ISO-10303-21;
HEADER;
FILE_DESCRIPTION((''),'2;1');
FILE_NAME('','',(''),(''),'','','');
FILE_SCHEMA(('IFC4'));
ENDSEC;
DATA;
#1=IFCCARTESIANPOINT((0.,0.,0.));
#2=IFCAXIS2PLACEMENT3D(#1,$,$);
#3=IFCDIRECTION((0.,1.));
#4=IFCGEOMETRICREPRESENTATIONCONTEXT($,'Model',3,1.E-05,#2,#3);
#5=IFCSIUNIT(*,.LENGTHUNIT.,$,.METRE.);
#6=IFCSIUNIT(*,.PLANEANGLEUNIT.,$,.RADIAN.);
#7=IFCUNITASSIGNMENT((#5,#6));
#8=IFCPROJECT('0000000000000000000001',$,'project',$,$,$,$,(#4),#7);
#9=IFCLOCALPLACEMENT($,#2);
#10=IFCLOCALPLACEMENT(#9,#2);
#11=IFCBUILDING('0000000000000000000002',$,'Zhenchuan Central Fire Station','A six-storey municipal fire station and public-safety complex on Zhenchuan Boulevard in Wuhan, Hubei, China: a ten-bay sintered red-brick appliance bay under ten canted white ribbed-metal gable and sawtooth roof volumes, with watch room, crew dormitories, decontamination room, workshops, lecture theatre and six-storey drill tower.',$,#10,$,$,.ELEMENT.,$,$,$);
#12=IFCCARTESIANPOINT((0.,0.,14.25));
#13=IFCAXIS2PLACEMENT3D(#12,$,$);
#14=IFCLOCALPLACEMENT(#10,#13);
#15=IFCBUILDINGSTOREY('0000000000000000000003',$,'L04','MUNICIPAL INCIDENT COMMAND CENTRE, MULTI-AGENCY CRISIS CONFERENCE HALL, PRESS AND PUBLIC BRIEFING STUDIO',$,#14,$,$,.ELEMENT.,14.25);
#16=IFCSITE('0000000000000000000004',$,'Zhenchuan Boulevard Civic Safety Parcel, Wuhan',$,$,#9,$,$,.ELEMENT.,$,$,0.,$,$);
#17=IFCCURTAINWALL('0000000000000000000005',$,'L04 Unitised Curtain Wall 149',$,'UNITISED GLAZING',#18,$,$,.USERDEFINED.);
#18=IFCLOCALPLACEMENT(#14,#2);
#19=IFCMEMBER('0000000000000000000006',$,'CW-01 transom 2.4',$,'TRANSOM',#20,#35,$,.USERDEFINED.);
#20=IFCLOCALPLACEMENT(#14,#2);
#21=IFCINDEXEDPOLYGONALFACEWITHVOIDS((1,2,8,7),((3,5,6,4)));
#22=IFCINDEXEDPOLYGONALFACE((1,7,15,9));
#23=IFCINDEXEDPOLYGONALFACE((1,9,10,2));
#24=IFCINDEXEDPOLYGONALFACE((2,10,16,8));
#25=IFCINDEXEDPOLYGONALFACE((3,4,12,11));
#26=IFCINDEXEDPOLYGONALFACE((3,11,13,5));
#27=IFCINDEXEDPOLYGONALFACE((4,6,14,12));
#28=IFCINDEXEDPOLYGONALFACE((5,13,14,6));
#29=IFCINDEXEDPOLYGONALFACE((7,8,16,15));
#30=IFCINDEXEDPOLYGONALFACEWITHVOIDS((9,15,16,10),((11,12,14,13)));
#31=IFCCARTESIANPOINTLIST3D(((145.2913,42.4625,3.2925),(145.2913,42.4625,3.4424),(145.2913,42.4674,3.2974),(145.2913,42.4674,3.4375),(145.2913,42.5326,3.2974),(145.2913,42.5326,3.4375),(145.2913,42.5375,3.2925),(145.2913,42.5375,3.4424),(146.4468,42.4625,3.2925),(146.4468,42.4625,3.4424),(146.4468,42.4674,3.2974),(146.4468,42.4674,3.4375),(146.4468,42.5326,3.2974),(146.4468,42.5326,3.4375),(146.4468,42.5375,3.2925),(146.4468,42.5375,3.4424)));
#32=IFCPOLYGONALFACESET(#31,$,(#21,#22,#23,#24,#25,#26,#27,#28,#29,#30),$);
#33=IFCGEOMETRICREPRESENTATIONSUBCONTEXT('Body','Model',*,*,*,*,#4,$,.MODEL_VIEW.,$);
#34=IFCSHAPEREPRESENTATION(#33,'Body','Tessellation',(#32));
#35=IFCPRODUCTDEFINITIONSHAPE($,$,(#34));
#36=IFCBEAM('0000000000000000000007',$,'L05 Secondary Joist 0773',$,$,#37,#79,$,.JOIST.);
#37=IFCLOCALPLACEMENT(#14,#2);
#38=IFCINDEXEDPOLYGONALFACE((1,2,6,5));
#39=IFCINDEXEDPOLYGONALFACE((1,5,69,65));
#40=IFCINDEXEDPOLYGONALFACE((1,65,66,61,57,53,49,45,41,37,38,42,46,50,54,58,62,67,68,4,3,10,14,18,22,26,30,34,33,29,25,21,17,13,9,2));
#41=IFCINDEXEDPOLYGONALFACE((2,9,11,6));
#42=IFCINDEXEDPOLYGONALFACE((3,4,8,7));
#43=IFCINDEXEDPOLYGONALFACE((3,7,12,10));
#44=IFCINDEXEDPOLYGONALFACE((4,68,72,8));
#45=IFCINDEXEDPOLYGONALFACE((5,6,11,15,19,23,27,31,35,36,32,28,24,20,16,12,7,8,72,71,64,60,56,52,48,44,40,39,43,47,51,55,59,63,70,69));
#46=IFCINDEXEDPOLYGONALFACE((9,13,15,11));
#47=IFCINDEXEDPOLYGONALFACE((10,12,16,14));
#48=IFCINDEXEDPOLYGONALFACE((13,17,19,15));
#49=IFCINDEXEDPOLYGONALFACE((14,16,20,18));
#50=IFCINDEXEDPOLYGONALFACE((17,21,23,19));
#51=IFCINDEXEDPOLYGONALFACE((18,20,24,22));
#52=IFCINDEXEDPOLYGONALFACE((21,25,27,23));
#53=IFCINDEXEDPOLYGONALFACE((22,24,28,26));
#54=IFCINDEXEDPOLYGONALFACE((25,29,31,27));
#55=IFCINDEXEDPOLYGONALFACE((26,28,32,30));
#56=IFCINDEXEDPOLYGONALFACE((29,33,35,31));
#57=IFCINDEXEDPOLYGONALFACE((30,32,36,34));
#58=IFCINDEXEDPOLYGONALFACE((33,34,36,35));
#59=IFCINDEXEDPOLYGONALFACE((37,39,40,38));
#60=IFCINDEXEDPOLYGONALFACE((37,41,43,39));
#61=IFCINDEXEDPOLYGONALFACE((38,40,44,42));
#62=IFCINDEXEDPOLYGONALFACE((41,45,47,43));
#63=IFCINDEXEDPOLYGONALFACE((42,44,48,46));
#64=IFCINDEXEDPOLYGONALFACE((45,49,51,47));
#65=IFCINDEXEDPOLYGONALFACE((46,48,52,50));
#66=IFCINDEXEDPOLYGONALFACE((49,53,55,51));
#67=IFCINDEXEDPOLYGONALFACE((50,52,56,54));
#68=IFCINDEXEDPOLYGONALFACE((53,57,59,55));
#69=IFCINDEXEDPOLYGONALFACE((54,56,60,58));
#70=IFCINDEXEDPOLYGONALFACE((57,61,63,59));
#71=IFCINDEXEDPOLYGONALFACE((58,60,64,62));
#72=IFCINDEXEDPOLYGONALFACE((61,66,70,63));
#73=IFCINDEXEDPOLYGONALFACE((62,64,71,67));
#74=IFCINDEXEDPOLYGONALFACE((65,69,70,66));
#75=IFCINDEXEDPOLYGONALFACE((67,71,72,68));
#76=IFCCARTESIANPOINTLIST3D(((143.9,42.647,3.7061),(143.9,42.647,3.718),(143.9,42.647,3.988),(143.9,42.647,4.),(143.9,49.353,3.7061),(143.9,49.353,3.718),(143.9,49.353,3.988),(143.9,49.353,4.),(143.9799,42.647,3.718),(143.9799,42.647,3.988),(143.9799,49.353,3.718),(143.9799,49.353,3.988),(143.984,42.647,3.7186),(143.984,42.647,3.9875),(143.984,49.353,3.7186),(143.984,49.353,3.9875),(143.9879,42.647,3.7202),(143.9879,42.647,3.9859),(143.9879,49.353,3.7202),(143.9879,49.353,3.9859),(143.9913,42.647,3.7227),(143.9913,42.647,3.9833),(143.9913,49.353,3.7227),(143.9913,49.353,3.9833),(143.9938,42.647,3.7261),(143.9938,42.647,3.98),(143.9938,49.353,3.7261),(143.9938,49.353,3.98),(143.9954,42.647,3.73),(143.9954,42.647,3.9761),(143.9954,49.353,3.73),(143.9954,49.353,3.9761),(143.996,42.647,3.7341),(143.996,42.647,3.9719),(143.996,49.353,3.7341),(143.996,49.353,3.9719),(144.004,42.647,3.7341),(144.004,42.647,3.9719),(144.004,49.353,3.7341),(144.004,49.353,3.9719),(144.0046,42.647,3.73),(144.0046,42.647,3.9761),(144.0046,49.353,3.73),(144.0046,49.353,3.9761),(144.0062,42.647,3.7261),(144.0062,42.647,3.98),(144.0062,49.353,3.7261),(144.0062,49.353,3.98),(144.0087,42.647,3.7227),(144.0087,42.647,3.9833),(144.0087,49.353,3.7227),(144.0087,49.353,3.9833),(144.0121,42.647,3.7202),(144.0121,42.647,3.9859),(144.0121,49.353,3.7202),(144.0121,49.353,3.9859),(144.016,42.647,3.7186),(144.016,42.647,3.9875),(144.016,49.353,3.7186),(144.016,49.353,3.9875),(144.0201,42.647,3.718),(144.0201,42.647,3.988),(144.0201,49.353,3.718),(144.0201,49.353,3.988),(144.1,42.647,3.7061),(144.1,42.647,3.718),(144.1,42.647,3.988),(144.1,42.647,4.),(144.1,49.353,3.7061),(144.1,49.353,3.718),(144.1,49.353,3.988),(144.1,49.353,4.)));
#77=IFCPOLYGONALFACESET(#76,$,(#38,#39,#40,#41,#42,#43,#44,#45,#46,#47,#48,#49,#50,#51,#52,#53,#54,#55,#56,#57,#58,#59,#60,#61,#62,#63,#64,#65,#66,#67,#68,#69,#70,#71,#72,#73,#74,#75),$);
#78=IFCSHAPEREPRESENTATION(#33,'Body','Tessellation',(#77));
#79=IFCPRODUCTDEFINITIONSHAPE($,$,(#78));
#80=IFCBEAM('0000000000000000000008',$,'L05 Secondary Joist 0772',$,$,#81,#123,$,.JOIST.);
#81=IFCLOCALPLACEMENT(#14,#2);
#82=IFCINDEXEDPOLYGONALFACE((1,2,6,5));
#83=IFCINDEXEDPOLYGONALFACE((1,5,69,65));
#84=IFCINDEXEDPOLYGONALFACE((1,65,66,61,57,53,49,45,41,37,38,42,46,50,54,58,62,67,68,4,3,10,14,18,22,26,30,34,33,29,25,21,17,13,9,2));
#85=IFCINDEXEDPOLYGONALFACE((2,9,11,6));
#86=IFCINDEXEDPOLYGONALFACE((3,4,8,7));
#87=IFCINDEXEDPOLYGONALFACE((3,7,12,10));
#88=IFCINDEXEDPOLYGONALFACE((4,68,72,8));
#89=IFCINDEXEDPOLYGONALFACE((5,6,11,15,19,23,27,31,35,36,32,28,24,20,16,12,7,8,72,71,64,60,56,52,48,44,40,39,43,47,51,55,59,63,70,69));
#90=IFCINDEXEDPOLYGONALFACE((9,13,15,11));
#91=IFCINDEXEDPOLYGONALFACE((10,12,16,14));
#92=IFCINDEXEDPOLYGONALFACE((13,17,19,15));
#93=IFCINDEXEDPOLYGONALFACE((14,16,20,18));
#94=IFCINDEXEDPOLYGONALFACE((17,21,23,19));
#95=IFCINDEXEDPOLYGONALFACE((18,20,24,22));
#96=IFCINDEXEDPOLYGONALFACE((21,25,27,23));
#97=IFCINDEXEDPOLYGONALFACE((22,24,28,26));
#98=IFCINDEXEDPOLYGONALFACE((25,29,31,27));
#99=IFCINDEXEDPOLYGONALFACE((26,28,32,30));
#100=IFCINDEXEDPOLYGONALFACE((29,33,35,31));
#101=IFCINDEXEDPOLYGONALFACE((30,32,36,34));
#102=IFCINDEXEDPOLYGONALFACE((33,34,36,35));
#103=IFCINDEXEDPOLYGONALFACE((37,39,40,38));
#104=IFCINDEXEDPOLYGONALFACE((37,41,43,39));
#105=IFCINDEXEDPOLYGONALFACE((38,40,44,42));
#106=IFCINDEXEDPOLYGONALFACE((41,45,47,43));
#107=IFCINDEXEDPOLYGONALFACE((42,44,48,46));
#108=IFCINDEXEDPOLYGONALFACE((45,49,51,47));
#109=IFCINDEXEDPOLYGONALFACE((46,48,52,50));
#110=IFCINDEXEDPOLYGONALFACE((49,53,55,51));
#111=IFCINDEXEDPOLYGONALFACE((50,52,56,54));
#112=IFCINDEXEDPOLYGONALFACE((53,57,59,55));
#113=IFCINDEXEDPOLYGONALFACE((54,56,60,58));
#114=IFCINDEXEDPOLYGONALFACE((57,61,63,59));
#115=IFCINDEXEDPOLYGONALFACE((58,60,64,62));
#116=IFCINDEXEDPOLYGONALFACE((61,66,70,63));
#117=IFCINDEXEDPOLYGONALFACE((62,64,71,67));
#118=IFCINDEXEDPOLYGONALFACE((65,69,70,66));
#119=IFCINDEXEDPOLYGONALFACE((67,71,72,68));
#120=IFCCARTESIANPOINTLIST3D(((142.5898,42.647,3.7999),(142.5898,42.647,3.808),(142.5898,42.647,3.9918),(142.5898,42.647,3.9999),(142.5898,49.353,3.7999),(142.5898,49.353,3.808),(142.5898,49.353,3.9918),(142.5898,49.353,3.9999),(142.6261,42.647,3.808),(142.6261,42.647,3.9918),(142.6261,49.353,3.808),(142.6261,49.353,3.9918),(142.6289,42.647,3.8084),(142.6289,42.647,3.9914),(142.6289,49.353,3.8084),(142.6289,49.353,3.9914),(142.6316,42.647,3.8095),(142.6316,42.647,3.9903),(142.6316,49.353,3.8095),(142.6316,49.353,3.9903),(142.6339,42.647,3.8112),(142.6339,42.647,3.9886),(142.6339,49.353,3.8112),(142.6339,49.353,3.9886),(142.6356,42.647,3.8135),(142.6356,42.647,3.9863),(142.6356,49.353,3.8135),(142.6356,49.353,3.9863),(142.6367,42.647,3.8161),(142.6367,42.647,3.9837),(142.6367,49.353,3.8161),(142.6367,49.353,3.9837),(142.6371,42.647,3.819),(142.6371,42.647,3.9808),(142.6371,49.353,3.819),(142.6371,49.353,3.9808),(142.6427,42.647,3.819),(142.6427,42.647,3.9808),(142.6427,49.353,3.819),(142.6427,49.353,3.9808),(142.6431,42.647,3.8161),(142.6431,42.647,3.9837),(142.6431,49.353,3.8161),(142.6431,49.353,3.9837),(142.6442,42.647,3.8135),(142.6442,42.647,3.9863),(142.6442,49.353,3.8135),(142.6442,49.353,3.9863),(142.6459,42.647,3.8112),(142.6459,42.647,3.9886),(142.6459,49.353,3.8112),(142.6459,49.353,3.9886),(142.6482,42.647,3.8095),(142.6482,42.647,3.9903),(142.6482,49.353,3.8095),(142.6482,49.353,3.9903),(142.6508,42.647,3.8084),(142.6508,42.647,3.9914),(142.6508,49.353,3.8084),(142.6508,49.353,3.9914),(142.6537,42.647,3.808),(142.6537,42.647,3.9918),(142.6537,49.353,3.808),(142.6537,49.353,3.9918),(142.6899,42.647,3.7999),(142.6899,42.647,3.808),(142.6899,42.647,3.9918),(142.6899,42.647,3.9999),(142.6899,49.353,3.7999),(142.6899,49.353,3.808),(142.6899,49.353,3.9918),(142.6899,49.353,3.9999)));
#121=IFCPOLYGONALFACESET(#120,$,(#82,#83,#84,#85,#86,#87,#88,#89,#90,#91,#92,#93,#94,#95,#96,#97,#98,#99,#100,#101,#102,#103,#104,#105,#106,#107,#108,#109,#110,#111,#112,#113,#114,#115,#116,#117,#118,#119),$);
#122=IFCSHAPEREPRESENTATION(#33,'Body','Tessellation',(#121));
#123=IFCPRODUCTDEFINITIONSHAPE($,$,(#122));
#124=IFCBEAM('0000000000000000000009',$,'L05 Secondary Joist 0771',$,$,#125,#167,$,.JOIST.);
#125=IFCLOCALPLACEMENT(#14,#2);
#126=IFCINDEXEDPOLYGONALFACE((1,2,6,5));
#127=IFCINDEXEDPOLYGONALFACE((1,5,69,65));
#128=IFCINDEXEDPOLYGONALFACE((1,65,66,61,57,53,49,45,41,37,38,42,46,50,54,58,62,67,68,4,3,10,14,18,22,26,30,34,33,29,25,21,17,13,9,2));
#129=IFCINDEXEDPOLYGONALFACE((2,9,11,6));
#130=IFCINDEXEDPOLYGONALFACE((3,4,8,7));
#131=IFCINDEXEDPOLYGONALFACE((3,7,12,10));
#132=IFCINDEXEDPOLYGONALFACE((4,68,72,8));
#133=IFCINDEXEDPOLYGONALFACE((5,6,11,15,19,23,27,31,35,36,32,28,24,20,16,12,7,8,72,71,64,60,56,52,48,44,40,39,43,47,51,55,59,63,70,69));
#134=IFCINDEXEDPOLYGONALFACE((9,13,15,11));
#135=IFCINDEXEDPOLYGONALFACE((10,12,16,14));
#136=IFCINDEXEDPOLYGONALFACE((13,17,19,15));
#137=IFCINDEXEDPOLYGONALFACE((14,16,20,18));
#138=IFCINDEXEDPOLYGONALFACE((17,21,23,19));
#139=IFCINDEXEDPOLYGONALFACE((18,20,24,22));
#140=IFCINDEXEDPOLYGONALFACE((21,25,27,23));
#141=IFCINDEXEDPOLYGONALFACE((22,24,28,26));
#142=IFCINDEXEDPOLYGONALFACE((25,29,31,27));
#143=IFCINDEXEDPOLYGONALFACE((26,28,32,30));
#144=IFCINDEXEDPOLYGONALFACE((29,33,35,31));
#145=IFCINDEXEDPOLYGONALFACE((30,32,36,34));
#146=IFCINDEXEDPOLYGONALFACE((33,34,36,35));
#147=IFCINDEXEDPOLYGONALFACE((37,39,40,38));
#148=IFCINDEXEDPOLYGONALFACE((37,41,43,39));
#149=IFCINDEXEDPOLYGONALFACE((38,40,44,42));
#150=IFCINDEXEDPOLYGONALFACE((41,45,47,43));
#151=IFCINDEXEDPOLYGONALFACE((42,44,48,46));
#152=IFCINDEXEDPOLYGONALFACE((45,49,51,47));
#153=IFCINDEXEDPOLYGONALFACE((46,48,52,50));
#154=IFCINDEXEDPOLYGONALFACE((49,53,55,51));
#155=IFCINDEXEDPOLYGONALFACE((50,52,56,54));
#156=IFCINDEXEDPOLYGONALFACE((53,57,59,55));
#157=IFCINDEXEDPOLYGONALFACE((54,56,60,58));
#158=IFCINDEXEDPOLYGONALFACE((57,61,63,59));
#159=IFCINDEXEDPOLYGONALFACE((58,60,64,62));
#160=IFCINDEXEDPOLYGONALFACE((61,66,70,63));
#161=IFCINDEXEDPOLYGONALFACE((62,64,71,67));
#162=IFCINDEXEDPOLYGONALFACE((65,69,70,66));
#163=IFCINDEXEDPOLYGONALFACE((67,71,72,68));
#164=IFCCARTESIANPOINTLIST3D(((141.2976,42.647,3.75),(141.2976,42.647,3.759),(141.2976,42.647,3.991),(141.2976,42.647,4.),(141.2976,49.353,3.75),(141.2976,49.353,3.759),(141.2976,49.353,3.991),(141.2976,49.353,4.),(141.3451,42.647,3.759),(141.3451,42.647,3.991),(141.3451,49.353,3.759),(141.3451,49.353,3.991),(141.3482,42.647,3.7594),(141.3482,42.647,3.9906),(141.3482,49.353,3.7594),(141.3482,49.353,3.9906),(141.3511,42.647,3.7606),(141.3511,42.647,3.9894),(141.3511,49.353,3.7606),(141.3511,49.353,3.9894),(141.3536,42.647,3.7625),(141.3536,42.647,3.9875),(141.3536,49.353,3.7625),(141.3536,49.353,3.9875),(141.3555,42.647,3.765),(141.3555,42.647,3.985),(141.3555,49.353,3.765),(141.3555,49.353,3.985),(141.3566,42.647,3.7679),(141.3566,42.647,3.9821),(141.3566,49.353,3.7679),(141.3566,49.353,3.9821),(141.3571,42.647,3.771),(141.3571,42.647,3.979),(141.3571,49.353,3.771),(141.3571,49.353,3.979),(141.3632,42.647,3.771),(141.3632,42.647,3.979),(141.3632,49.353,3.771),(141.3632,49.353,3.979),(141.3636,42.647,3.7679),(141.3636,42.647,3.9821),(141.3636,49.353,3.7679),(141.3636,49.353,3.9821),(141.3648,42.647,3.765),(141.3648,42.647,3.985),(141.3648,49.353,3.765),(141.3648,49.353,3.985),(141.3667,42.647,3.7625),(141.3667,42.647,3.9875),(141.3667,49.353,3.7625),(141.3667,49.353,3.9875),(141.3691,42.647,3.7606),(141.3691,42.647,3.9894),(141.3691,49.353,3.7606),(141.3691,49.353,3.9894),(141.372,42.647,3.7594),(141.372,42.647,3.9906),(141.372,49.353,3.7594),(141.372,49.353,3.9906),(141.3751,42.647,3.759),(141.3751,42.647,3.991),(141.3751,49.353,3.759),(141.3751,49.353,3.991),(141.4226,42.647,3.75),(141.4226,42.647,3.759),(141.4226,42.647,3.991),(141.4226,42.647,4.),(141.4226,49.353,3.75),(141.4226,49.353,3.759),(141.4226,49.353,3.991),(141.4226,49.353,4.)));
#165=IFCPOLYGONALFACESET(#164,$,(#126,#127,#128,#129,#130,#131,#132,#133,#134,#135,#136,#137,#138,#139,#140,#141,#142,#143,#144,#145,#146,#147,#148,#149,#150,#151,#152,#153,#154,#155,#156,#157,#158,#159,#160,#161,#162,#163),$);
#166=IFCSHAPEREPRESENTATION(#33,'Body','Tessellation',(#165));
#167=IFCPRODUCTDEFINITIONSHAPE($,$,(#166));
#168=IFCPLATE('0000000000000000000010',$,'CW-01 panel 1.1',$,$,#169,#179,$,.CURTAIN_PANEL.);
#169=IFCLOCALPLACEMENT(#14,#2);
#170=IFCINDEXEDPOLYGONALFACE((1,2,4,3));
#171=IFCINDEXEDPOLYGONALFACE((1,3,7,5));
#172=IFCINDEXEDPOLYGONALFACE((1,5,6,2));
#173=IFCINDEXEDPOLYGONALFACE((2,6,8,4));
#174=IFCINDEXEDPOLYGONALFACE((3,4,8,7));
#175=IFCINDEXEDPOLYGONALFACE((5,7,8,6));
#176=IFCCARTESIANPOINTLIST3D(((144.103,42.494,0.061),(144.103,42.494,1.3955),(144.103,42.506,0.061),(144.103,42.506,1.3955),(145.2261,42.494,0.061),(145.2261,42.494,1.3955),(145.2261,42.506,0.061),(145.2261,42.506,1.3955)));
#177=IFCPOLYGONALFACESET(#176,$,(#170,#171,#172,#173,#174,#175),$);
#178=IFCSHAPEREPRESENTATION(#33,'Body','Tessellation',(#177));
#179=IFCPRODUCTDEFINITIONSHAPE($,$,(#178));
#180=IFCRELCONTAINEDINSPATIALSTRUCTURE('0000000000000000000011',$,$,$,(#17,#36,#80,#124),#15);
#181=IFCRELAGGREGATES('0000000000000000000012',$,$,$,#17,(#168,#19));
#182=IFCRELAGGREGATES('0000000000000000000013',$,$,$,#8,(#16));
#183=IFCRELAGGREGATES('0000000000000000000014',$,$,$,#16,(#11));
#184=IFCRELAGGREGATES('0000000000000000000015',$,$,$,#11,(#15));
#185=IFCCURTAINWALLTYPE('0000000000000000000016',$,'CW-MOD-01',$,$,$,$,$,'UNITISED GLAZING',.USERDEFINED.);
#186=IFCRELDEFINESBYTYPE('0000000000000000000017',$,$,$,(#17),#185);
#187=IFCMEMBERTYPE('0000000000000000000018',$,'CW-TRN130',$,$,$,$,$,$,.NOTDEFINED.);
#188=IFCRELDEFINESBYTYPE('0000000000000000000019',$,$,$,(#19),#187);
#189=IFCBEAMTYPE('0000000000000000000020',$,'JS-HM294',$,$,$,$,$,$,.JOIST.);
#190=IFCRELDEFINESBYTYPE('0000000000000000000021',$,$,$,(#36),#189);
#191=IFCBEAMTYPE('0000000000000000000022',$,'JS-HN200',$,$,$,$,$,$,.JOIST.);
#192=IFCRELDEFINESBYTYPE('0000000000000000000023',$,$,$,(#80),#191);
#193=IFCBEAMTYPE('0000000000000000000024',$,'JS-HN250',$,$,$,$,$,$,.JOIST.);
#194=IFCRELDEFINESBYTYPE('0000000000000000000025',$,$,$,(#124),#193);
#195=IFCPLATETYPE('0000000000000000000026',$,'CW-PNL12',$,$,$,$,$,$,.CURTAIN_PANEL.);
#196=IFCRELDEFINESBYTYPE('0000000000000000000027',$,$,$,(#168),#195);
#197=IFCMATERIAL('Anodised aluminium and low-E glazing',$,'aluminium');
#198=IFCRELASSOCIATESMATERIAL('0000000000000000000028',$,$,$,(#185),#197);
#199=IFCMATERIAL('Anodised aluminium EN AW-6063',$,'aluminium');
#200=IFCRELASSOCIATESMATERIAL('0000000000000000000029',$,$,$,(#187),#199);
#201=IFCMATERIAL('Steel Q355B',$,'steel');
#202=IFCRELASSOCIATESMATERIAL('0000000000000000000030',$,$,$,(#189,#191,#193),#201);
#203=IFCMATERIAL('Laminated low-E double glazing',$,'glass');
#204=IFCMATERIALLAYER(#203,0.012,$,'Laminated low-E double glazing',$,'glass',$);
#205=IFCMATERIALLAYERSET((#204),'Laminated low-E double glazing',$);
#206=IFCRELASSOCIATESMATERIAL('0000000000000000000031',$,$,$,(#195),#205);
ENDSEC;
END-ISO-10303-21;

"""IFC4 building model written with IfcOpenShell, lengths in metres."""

from ifc_helpers import new_model, si_unit, direction, frame, origin, origin_2d, place, context, subcontext, project, spatial, rectangle, hollow_rectangle, i_section, extrude, material, layer, layer_set, material_profile, profile_set, type_object, element, aggregate, save


model = new_model("IFC4")

# Units and contexts
model_context = context("Model", 3, precision=1e-05, world=origin(), true_north=direction((0.0, 1.0)))
body_context = subcontext(model_context, "Body", "Model", "MODEL_VIEW")
ifc_project = project(units=[si_unit("LENGTHUNIT", "METRE"), si_unit("PLANEANGLEUNIT", "RADIAN")], contexts=[model_context])

# Site, building, storey
site_placement = place(None, origin())
site = spatial("IfcSite", under=ifc_project, at=site_placement, Name="Zhenchuan Boulevard Civic Safety Parcel, Wuhan", CompositionType="ELEMENT", RefElevation=0.0)
building_placement = place(site_placement, origin())
building = spatial("IfcBuilding", under=site, at=building_placement, Name="Zhenchuan Central Fire Station", Description="A six-storey municipal fire station and public-safety complex on Zhenchuan Boulevard in Wuhan, Hubei, China: a ten-bay sintered red-brick appliance bay under ten canted white ribbed-metal gable and sawtooth roof volumes, with watch room, crew dormitories, decontamination room, workshops, lecture theatre and six-storey drill tower.", CompositionType="ELEMENT")
storey_placement = place(building_placement, frame((0.0, 0.0, 14.25)))
storey = spatial("IfcBuildingStorey", under=building, at=storey_placement, Name="L04", Description="MUNICIPAL INCIDENT COMMAND CENTRE, MULTI-AGENCY CRISIS CONFERENCE HALL, PRESS AND PUBLIC BRIEFING STUDIO", CompositionType="ELEMENT", Elevation=14.25)

# Shared definitions
ifc_material_1 = material(Name="Steel Q355B", Category="steel")

# Curtain wall, member
ifc_material_2 = material(Name="Anodised aluminium and low-E glazing", Category="aluminium")
curtain_wall_type = type_object("IfcCurtainWallType", Name="CW-MOD-01", ElementType="UNITISED GLAZING", PredefinedType="USERDEFINED", material=ifc_material_2)
curtain_wall_placement = place(storey_placement, origin())
curtain_wall = element("IfcCurtainWall", 1, at=curtain_wall_placement, inside=storey, type_object=curtain_wall_type, Name="L04 Unitised Curtain Wall 149", ObjectType="UNITISED GLAZING", PredefinedType="USERDEFINED")
ifc_material_3 = material(Name="Anodised aluminium EN AW-6063", Category="aluminium")
ifc_material_profile_1 = material_profile(ifc_material_3, hollow_rectangle(XDim=0.075, YDim=0.1499, WallThickness=0.0049, at=origin_2d()), Name="ALU-T 150x75")
ifc_profile_set_1 = profile_set([ifc_material_profile_1], Name="Anodised aluminium EN AW-6063")
member_type_1 = type_object("IfcMemberType", Name="CW-TRN130", PredefinedType="NOTDEFINED", material=ifc_profile_set_1)
member_1_placement = place(storey_placement, frame((145.2913, 42.5, 3.3674), z_axis=(1.0, 0.0, 0.0), x_axis=(0.0, 1.0, 0.0)))
member_1 = element("IfcMember", 2, at=member_1_placement, type_object=member_type_1, Name="CW-01 transom 2.4", ObjectType="TRANSOM", PredefinedType="USERDEFINED", context=body_context, shape_type="SweptSolid", body=[
    extrude(hollow_rectangle(XDim=0.075, YDim=0.1499, WallThickness=0.0049, at=origin_2d()), origin(), (0.0, 0.0, 1.0), 1.1555),
])

# Beams
ifc_material_profile_2 = material_profile(ifc_material_1, i_section(OverallWidth=0.2, OverallDepth=0.2939, WebThickness=0.0081, FlangeThickness=0.012, FilletRadius=0.0161, at=origin_2d()), Name="HM 294x200")
ifc_profile_set_2 = profile_set([ifc_material_profile_2], Name="Steel Q355B")
beam_type_1 = type_object("IfcBeamType", Name="JS-HM294", PredefinedType="JOIST", material=ifc_profile_set_2)
beam_1_placement = place(storey_placement, frame((144.0, 42.647, 3.853), z_axis=(0.0, 1.0, 0.0), x_axis=(-1.0, 0.0, 0.0)))
element("IfcBeam", 3, at=beam_1_placement, inside=storey, type_object=beam_type_1, Name="L05 Secondary Joist 0773", PredefinedType="JOIST", context=body_context, shape_type="SweptSolid", body=[
    extrude(i_section(OverallWidth=0.2, OverallDepth=0.2939, WebThickness=0.0081, FlangeThickness=0.012, FilletRadius=0.0161, at=origin_2d()), origin(), (0.0, 0.0, 1.0), 6.7061),
])
ifc_material_profile_3 = material_profile(ifc_material_1, i_section(OverallWidth=0.1001, OverallDepth=0.2, WebThickness=0.0056, FlangeThickness=0.0081, FilletRadius=0.011, at=origin_2d()), Name="HN 200x100")
ifc_profile_set_3 = profile_set([ifc_material_profile_3], Name="Steel Q355B")
beam_type_2 = type_object("IfcBeamType", Name="JS-HN200", PredefinedType="JOIST", material=ifc_profile_set_3)
beam_2_placement = place(storey_placement, frame((142.6399, 42.647, 3.8999), z_axis=(0.0, 1.0, 0.0), x_axis=(-1.0, 0.0, 0.0)))
element("IfcBeam", 4, at=beam_2_placement, inside=storey, type_object=beam_type_2, Name="L05 Secondary Joist 0772", PredefinedType="JOIST", context=body_context, shape_type="SweptSolid", body=[
    extrude(i_section(OverallWidth=0.1001, OverallDepth=0.2, WebThickness=0.0056, FlangeThickness=0.0081, FilletRadius=0.011, at=origin_2d()), origin(), (0.0, 0.0, 1.0), 6.7061),
])
ifc_material_profile_4 = material_profile(ifc_material_1, i_section(OverallWidth=0.125, OverallDepth=0.25, WebThickness=0.0061, FlangeThickness=0.009, FilletRadius=0.012, at=origin_2d()), Name="HN 250x125")
ifc_profile_set_4 = profile_set([ifc_material_profile_4], Name="Steel Q355B")
beam_type_3 = type_object("IfcBeamType", Name="JS-HN250", PredefinedType="JOIST", material=ifc_profile_set_4)
beam_3_placement = place(storey_placement, frame((141.3601, 42.647, 3.875), z_axis=(0.0, 1.0, 0.0), x_axis=(-1.0, 0.0, 0.0)))
element("IfcBeam", 5, at=beam_3_placement, inside=storey, type_object=beam_type_3, Name="L05 Secondary Joist 0771", PredefinedType="JOIST", context=body_context, shape_type="SweptSolid", body=[
    extrude(i_section(OverallWidth=0.125, OverallDepth=0.25, WebThickness=0.0061, FlangeThickness=0.009, FilletRadius=0.012, at=origin_2d()), origin(), (0.0, 0.0, 1.0), 6.7061),
])

# Plate
ifc_material_4 = material(Name="Laminated low-E double glazing", Category="glass")
ifc_layer_1 = layer(ifc_material_4, 0.012, Name="Laminated low-E double glazing", Category="glass")
ifc_layer_set_1 = layer_set([ifc_layer_1], Name="Laminated low-E double glazing")
plate_type = type_object("IfcPlateType", Name="CW-PNL12", PredefinedType="CURTAIN_PANEL", material=ifc_layer_set_1)
plate_1_placement = place(storey_placement, frame((144.6646, 42.5, 0.061), z_axis=(0.0, 0.0, 1.0), x_axis=(1.0, 0.0, 0.0)))
plate_1 = element("IfcPlate", 6, at=plate_1_placement, type_object=plate_type, Name="CW-01 panel 1.1", PredefinedType="CURTAIN_PANEL", context=body_context, shape_type="SweptSolid", body=[
    extrude(rectangle(XDim=1.123, YDim=0.012, at=origin_2d()), origin(), (0.0, 0.0, 1.0), 1.3345),
])
aggregate(curtain_wall, [plate_1, member_1])

save(model, "model.ifc")
